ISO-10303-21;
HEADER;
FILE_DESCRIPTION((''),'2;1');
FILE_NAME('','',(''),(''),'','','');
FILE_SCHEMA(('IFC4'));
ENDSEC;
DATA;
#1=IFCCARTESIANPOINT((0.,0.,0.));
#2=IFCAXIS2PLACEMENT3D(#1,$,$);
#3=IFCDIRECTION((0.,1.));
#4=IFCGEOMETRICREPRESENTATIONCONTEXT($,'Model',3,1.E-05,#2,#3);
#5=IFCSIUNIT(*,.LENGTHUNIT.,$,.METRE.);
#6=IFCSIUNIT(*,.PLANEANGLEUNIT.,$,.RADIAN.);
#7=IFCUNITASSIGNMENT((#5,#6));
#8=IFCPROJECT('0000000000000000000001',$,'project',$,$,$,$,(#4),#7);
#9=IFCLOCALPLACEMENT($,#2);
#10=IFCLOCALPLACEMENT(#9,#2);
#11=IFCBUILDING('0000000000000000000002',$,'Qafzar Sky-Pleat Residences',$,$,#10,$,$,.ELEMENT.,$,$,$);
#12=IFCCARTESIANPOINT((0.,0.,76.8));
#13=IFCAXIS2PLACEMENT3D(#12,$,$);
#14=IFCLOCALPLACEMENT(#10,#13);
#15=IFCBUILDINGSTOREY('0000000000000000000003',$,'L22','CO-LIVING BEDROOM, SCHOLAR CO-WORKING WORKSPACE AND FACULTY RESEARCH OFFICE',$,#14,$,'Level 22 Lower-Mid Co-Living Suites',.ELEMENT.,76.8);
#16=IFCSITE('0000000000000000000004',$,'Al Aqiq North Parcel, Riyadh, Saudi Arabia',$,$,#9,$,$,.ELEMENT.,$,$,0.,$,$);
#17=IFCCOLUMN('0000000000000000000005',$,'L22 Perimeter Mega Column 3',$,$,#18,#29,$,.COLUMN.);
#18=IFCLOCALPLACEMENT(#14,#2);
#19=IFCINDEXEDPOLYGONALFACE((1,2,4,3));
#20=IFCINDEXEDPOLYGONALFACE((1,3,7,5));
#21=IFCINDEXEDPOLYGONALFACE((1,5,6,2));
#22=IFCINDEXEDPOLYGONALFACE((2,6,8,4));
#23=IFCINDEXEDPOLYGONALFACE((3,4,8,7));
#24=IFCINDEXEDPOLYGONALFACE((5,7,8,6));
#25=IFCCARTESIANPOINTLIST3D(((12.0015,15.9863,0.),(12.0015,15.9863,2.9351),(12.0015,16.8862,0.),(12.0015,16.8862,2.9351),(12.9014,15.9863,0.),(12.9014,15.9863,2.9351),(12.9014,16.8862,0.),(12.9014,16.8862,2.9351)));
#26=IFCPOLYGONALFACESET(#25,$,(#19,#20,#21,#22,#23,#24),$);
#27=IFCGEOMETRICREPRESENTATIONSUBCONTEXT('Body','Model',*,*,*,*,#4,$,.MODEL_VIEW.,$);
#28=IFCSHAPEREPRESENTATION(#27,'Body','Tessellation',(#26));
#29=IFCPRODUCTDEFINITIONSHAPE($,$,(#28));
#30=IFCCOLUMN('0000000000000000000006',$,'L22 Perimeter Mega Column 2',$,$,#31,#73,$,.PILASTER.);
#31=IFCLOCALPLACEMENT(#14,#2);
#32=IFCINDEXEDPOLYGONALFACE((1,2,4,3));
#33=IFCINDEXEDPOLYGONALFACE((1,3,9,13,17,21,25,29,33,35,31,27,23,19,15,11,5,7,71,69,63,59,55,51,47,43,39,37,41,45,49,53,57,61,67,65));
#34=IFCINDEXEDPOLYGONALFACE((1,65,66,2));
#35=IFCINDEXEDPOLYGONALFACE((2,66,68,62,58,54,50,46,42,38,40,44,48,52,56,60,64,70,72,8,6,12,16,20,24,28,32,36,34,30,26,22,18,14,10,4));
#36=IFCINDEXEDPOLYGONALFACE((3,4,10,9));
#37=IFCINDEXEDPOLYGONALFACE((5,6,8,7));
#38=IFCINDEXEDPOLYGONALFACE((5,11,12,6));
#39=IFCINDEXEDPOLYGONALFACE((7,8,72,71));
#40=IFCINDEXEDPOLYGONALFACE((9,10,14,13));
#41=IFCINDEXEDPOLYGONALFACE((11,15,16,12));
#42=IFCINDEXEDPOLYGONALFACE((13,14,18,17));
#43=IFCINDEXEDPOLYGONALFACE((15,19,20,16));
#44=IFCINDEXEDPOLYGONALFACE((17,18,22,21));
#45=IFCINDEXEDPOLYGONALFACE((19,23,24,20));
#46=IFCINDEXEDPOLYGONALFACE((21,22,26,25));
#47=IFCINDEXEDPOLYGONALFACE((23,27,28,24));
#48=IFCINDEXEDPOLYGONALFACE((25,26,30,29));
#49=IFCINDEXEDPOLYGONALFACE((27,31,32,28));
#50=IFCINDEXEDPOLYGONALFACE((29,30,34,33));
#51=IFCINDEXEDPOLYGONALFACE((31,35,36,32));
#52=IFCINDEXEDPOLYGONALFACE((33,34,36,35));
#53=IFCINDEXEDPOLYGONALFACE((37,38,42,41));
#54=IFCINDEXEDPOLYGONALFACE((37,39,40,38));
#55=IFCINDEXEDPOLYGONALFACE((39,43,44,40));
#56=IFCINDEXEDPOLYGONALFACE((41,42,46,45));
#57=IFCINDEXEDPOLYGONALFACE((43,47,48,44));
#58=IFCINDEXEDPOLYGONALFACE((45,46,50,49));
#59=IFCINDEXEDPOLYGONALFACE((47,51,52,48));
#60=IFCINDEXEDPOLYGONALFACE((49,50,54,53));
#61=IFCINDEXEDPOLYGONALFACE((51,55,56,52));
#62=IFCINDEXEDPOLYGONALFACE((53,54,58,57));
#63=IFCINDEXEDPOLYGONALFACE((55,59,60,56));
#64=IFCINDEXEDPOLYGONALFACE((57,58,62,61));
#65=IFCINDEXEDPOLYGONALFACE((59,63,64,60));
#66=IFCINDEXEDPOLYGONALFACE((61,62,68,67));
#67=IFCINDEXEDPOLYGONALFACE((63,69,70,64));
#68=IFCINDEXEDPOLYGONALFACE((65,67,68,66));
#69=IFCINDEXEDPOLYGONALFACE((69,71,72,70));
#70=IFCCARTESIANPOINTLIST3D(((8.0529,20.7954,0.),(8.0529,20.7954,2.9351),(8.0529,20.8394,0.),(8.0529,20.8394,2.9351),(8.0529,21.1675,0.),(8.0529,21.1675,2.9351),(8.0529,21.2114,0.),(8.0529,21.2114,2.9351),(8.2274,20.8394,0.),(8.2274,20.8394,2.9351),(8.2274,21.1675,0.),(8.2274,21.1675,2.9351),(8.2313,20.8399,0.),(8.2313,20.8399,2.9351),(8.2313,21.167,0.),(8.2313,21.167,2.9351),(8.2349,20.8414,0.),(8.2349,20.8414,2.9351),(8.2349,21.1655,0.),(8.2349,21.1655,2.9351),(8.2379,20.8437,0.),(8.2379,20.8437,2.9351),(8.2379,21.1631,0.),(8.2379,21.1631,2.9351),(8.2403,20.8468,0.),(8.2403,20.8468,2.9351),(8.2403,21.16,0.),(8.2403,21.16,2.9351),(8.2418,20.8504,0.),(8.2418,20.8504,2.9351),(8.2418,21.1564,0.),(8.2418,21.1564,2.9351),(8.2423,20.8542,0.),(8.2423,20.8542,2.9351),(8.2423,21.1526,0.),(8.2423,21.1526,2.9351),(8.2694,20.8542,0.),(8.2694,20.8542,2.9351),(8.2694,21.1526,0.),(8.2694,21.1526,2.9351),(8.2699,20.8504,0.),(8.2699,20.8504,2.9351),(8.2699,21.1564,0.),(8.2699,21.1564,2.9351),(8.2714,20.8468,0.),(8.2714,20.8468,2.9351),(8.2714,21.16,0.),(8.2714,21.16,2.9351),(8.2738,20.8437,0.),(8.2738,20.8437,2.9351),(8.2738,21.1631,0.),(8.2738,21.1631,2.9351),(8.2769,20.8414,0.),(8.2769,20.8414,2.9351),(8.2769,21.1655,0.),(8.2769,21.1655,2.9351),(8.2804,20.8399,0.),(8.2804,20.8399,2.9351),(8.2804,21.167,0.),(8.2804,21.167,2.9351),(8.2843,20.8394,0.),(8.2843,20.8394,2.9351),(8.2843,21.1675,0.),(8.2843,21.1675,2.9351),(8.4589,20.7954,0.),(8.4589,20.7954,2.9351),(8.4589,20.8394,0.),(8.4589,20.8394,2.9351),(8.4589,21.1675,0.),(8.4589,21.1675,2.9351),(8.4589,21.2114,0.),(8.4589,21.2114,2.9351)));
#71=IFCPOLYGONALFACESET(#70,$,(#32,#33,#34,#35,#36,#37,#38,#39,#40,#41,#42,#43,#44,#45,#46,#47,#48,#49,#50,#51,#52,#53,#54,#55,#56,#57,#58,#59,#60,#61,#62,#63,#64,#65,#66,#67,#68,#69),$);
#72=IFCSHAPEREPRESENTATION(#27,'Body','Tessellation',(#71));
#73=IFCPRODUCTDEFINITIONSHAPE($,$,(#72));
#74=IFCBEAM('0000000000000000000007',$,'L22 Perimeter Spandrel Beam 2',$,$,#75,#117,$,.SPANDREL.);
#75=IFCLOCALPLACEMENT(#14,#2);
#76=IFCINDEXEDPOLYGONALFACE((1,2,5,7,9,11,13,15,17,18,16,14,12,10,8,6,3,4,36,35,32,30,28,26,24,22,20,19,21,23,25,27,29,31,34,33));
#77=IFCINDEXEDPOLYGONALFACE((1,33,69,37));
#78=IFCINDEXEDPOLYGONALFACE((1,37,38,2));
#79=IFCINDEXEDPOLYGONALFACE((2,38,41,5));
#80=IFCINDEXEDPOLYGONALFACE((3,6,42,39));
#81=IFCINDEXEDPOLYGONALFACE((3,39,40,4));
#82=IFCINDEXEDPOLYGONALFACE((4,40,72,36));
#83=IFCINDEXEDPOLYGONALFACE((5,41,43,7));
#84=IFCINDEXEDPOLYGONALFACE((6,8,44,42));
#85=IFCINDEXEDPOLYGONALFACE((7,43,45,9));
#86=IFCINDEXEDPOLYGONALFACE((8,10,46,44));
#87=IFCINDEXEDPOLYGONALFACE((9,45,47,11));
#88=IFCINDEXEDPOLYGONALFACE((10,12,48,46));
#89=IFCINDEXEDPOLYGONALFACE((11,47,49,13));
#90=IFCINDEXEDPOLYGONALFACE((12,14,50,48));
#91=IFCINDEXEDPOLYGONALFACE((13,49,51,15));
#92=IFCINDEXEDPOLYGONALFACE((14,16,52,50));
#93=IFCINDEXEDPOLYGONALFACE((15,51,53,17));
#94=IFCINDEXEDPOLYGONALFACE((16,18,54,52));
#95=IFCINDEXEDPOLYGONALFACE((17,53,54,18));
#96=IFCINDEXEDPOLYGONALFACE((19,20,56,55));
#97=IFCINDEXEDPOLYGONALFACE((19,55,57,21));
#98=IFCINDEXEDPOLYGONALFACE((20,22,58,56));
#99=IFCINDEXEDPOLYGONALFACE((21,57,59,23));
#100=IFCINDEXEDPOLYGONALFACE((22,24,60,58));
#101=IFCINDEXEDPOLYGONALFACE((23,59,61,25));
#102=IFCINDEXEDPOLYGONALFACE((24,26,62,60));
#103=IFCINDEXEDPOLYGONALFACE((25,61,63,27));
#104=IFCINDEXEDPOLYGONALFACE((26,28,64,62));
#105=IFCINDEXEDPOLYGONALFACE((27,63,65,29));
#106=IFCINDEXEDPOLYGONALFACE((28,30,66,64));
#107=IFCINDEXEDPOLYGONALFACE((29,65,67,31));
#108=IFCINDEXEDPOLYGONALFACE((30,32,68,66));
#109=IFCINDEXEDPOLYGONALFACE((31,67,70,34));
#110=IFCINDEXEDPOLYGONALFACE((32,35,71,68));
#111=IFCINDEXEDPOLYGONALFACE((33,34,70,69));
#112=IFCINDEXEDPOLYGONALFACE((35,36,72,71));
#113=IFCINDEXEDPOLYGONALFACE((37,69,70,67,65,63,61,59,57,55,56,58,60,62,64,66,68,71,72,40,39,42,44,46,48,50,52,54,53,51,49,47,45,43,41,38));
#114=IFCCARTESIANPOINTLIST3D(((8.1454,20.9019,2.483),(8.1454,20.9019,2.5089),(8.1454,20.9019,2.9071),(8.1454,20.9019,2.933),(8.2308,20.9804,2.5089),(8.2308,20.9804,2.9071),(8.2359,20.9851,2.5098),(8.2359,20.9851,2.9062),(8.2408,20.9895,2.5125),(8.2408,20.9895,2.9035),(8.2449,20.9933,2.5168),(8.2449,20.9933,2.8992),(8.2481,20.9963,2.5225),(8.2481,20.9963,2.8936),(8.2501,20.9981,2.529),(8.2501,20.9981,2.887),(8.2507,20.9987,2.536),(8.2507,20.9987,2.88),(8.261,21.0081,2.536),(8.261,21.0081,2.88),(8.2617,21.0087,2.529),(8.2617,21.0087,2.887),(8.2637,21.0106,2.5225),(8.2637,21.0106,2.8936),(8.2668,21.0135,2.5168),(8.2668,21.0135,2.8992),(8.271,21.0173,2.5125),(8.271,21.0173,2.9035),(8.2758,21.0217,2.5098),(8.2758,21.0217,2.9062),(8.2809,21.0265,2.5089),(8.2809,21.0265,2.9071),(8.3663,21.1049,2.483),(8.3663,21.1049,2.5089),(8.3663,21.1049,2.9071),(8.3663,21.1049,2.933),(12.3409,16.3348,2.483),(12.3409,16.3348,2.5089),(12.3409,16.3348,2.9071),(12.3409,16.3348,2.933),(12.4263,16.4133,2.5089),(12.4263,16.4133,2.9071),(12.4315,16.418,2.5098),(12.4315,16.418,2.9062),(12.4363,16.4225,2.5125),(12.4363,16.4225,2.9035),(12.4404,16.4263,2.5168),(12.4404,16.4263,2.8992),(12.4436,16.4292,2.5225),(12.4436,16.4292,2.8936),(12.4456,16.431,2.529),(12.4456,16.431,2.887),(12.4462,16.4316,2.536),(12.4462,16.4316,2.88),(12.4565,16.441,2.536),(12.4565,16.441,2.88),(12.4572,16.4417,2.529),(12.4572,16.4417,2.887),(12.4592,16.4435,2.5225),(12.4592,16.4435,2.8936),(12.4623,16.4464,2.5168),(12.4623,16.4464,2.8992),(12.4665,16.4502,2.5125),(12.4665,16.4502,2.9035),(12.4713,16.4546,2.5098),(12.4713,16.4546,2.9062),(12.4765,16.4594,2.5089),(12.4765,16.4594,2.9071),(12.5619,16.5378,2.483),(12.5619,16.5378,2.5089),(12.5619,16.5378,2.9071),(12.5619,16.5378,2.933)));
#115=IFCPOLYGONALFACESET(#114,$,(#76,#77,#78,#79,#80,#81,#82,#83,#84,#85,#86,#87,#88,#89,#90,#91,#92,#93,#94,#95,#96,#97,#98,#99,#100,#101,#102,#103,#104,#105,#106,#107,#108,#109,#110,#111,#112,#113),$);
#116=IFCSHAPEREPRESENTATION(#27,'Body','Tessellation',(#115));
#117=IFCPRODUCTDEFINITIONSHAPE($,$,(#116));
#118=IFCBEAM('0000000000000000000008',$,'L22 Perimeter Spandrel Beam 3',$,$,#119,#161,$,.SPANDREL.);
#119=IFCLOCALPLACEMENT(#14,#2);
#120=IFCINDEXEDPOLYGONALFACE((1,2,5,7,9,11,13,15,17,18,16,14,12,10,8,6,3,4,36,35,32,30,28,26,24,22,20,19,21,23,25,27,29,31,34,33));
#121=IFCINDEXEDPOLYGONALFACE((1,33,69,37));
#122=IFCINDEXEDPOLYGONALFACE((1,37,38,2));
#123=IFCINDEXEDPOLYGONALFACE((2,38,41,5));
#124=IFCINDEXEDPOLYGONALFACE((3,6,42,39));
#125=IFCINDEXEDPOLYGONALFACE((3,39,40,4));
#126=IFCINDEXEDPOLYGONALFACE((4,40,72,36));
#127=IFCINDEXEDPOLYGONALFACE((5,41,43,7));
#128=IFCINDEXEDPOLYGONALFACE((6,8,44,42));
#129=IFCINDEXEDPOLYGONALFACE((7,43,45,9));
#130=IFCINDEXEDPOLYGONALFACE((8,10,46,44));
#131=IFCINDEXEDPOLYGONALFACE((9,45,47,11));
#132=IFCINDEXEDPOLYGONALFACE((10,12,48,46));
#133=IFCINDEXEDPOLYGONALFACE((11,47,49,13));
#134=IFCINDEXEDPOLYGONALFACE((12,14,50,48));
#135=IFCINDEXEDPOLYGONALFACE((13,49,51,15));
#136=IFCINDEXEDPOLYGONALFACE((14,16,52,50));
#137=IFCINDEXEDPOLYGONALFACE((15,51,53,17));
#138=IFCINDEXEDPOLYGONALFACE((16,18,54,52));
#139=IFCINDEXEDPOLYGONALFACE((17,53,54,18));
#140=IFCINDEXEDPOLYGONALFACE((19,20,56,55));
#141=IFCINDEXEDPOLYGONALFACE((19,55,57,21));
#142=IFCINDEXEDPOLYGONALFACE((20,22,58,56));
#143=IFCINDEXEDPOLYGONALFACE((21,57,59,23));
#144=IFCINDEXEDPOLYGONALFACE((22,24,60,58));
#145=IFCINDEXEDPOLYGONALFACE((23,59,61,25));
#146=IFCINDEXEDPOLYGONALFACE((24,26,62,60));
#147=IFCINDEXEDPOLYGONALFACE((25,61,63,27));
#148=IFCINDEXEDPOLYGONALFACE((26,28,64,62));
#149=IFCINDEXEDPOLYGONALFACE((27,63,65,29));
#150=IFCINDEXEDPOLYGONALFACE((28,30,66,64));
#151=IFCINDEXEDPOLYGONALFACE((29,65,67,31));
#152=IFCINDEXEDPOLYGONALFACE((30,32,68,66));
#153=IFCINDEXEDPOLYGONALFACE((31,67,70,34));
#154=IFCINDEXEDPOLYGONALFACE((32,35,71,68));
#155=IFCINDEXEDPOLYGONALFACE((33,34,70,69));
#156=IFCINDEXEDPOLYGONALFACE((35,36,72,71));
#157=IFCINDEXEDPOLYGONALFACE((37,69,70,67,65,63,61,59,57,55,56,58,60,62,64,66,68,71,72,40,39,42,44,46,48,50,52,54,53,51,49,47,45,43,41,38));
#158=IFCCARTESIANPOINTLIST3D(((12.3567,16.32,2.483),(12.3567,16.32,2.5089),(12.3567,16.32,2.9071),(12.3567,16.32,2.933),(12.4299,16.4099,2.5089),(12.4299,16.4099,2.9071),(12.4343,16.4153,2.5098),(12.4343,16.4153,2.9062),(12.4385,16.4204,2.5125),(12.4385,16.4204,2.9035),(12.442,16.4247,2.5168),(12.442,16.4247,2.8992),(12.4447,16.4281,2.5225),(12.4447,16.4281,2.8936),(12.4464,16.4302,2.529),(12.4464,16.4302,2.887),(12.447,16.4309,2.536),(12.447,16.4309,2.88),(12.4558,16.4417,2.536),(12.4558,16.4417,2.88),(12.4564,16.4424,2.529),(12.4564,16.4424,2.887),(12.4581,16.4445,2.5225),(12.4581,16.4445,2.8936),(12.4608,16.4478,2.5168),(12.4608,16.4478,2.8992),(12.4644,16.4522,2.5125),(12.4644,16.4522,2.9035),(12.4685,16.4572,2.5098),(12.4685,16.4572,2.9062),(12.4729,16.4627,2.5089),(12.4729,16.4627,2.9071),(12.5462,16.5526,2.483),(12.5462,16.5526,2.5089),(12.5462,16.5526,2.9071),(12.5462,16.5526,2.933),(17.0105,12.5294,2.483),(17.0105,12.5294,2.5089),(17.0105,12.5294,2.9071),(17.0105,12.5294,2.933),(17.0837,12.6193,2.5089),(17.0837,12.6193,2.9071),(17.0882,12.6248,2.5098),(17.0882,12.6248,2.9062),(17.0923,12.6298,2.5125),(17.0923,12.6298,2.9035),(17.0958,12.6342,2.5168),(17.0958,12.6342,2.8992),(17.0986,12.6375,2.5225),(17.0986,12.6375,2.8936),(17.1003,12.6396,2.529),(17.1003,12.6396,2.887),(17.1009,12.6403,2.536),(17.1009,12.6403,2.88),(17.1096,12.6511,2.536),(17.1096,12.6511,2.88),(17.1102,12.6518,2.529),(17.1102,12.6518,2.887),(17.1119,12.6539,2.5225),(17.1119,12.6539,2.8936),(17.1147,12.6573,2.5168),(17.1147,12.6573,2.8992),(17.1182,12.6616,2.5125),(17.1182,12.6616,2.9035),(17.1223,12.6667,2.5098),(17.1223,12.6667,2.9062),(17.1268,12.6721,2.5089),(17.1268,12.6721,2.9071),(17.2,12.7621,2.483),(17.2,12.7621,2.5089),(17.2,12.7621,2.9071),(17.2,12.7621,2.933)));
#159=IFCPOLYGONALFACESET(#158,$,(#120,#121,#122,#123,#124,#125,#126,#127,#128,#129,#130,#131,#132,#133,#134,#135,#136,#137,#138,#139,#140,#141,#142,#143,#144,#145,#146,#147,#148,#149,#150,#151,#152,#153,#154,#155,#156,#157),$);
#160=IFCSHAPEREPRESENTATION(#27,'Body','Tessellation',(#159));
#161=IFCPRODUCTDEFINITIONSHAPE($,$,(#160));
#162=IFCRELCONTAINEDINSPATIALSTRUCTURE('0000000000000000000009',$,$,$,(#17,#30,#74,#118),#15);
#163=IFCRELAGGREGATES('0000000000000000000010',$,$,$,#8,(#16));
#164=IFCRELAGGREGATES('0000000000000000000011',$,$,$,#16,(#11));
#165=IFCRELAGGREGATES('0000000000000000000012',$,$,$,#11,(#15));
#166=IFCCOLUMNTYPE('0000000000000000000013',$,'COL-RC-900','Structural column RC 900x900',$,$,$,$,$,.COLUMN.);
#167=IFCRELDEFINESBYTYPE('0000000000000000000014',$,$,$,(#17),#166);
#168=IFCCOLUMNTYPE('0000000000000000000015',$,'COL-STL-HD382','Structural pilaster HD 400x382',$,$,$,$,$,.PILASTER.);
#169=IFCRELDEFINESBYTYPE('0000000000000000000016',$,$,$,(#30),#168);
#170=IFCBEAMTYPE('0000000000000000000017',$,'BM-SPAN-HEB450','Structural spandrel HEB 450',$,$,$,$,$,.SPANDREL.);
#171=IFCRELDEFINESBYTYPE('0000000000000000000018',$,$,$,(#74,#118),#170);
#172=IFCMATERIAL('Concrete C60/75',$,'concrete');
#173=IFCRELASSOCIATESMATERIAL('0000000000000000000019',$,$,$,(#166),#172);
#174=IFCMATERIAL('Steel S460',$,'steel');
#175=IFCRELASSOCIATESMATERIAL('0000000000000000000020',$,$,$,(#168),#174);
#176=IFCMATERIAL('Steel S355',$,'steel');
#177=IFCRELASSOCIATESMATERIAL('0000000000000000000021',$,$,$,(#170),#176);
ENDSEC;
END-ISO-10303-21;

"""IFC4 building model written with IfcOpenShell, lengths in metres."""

from ifc_helpers import new_model, si_unit, direction, frame, origin, origin_2d, place, context, subcontext, project, spatial, rectangle, i_section, extrude, source, transform, mapped, material, material_profile, profile_set, type_object, element, save


model = new_model("IFC4")

# Units and contexts
model_context = context("Model", 3, precision=1e-05, world=origin(), true_north=direction((0.0, 1.0)))
body_context = subcontext(model_context, "Body", "Model", "MODEL_VIEW")
ifc_project = project(units=[si_unit("LENGTHUNIT", "METRE"), si_unit("PLANEANGLEUNIT", "RADIAN")], contexts=[model_context])

# Site, building, storey
site_placement = place(None, origin())
site = spatial("IfcSite", under=ifc_project, at=site_placement, Name="Al Aqiq North Parcel, Riyadh, Saudi Arabia", CompositionType="ELEMENT", RefElevation=0.0)
building_placement = place(site_placement, origin())
building = spatial("IfcBuilding", under=site, at=building_placement, Name="Qafzar Sky-Pleat Residences", CompositionType="ELEMENT")
storey_placement = place(building_placement, frame((0.0, 0.0, 76.8)))
storey = spatial("IfcBuildingStorey", under=building, at=storey_placement, Name="L22", Description="CO-LIVING BEDROOM, SCHOLAR CO-WORKING WORKSPACE AND FACULTY RESEARCH OFFICE", LongName="Level 22 Lower-Mid Co-Living Suites", CompositionType="ELEMENT", Elevation=76.8)

# Columns
ifc_material_1 = material(Name="Concrete C60/75", Category="concrete")
ifc_material_profile_1 = material_profile(ifc_material_1, rectangle(XDim=0.8999, YDim=0.8999, at=origin_2d()), Name="RC 900x900")
ifc_profile_set_1 = profile_set([ifc_material_profile_1], Name="Concrete C60/75")
column_type_1 = type_object("IfcColumnType", Name="COL-RC-900", Description="Structural column RC 900x900", PredefinedType="COLUMN", material=ifc_profile_set_1)
shared_shape_1 = source(origin(), body_context, "Body", "SweptSolid", [
    extrude(rectangle(XDim=0.8999, YDim=0.8999, at=origin_2d()), origin(), (0.0, 0.0, 1.0), 2.9351),
])
column_1_placement = place(storey_placement, frame((12.4514, 16.4363, 0.0), z_axis=(0.0, 0.0, 1.0), x_axis=(1.0, 0.0, 0.0)))
element("IfcColumn", 1, at=column_1_placement, inside=storey, type_object=column_type_1, Name="L22 Perimeter Mega Column 3", PredefinedType="COLUMN", context=body_context, shape_type="MappedRepresentation", body=[
    mapped(shared_shape_1, transform((0.0, 0.0, 0.0), x_axis=(1.0, 0.0, 0.0), y_axis=(0.0, 1.0, 0.0), z_axis=(0.0, 0.0, 1.0), scale=1.0)),
])
ifc_material_2 = material(Name="Steel S460", Category="steel")
ifc_material_profile_2 = material_profile(ifc_material_2, i_section(OverallWidth=0.406, OverallDepth=0.416, WebThickness=0.0271, FlangeThickness=0.0439, FilletRadius=0.0149, at=origin_2d()), Name="HD 400x382")
ifc_profile_set_2 = profile_set([ifc_material_profile_2], Name="Steel S460")
column_type_2 = type_object("IfcColumnType", Name="COL-STL-HD382", Description="Structural pilaster HD 400x382", PredefinedType="PILASTER", material=ifc_profile_set_2)
shared_shape_2 = source(origin(), body_context, "Body", "SweptSolid", [
    extrude(i_section(OverallWidth=0.406, OverallDepth=0.416, WebThickness=0.0271, FlangeThickness=0.0439, FilletRadius=0.0149, at=origin_2d()), origin(), (0.0, 0.0, 1.0), 2.9351),
])
column_2_placement = place(storey_placement, frame((8.2559, 21.0034, 0.0), z_axis=(0.0, 0.0, 1.0), x_axis=(1.0, 0.0, 0.0)))
element("IfcColumn", 2, at=column_2_placement, inside=storey, type_object=column_type_2, Name="L22 Perimeter Mega Column 2", PredefinedType="PILASTER", context=body_context, shape_type="MappedRepresentation", body=[
    mapped(shared_shape_2, transform((0.0, 0.0, 0.0), x_axis=(1.0, 0.0, 0.0), y_axis=(0.0, 1.0, 0.0), z_axis=(0.0, 0.0, 1.0), scale=1.0)),
])

# Beams
ifc_material_3 = material(Name="Steel S355", Category="steel")
ifc_material_profile_3 = material_profile(ifc_material_3, i_section(OverallWidth=0.3, OverallDepth=0.45, WebThickness=0.0139, FlangeThickness=0.0259, FilletRadius=0.0271, at=origin_2d()), Name="HEB 450")
ifc_profile_set_3 = profile_set([ifc_material_profile_3], Name="Steel S355")
beam_type_1 = type_object("IfcBeamType", Name="BM-SPAN-HEB450", Description="Structural spandrel HEB 450", PredefinedType="SPANDREL", material=ifc_profile_set_3)
shared_shape_3 = source(origin(), body_context, "Body", "SweptSolid", [
    extrude(i_section(OverallWidth=0.3, OverallDepth=0.45, WebThickness=0.0139, FlangeThickness=0.0259, FilletRadius=0.0271, at=origin_2d()), origin(), (0.0, 0.0, 1.0), 6.2017),
])
beam_1_placement = place(storey_placement, frame((8.2559, 21.0034, 2.708), z_axis=(0.676514, -0.73643, 0.0), x_axis=(0.73643, 0.676514, 0.0)))
element("IfcBeam", 3, at=beam_1_placement, inside=storey, type_object=beam_type_1, Name="L22 Perimeter Spandrel Beam 2", PredefinedType="SPANDREL", context=body_context, shape_type="MappedRepresentation", body=[
    mapped(shared_shape_3, transform((0.0, 0.0, 0.0), x_axis=(1.0, 0.0, 0.0), y_axis=(0.0, 1.0, 0.0), z_axis=(0.0, 0.0, 1.0), scale=1.0)),
])
shared_shape_4 = source(origin(), body_context, "Body", "SweptSolid", [
    extrude(i_section(OverallWidth=0.3, OverallDepth=0.45, WebThickness=0.0139, FlangeThickness=0.0259, FilletRadius=0.0271, at=origin_2d()), origin(), (0.0, 0.0, 1.0), 6.0022),
])
beam_2_placement = place(storey_placement, frame((12.4514, 16.4363, 2.708), z_axis=(0.775354, -0.631526, 0.0), x_axis=(0.631526, 0.775354, 0.0)))
element("IfcBeam", 4, at=beam_2_placement, inside=storey, type_object=beam_type_1, Name="L22 Perimeter Spandrel Beam 3", PredefinedType="SPANDREL", context=body_context, shape_type="MappedRepresentation", body=[
    mapped(shared_shape_4, transform((0.0, 0.0, 0.0), x_axis=(1.0, 0.0, 0.0), y_axis=(0.0, 1.0, 0.0), z_axis=(0.0, 0.0, 1.0), scale=1.0)),
])

save(model, "model.ifc")
